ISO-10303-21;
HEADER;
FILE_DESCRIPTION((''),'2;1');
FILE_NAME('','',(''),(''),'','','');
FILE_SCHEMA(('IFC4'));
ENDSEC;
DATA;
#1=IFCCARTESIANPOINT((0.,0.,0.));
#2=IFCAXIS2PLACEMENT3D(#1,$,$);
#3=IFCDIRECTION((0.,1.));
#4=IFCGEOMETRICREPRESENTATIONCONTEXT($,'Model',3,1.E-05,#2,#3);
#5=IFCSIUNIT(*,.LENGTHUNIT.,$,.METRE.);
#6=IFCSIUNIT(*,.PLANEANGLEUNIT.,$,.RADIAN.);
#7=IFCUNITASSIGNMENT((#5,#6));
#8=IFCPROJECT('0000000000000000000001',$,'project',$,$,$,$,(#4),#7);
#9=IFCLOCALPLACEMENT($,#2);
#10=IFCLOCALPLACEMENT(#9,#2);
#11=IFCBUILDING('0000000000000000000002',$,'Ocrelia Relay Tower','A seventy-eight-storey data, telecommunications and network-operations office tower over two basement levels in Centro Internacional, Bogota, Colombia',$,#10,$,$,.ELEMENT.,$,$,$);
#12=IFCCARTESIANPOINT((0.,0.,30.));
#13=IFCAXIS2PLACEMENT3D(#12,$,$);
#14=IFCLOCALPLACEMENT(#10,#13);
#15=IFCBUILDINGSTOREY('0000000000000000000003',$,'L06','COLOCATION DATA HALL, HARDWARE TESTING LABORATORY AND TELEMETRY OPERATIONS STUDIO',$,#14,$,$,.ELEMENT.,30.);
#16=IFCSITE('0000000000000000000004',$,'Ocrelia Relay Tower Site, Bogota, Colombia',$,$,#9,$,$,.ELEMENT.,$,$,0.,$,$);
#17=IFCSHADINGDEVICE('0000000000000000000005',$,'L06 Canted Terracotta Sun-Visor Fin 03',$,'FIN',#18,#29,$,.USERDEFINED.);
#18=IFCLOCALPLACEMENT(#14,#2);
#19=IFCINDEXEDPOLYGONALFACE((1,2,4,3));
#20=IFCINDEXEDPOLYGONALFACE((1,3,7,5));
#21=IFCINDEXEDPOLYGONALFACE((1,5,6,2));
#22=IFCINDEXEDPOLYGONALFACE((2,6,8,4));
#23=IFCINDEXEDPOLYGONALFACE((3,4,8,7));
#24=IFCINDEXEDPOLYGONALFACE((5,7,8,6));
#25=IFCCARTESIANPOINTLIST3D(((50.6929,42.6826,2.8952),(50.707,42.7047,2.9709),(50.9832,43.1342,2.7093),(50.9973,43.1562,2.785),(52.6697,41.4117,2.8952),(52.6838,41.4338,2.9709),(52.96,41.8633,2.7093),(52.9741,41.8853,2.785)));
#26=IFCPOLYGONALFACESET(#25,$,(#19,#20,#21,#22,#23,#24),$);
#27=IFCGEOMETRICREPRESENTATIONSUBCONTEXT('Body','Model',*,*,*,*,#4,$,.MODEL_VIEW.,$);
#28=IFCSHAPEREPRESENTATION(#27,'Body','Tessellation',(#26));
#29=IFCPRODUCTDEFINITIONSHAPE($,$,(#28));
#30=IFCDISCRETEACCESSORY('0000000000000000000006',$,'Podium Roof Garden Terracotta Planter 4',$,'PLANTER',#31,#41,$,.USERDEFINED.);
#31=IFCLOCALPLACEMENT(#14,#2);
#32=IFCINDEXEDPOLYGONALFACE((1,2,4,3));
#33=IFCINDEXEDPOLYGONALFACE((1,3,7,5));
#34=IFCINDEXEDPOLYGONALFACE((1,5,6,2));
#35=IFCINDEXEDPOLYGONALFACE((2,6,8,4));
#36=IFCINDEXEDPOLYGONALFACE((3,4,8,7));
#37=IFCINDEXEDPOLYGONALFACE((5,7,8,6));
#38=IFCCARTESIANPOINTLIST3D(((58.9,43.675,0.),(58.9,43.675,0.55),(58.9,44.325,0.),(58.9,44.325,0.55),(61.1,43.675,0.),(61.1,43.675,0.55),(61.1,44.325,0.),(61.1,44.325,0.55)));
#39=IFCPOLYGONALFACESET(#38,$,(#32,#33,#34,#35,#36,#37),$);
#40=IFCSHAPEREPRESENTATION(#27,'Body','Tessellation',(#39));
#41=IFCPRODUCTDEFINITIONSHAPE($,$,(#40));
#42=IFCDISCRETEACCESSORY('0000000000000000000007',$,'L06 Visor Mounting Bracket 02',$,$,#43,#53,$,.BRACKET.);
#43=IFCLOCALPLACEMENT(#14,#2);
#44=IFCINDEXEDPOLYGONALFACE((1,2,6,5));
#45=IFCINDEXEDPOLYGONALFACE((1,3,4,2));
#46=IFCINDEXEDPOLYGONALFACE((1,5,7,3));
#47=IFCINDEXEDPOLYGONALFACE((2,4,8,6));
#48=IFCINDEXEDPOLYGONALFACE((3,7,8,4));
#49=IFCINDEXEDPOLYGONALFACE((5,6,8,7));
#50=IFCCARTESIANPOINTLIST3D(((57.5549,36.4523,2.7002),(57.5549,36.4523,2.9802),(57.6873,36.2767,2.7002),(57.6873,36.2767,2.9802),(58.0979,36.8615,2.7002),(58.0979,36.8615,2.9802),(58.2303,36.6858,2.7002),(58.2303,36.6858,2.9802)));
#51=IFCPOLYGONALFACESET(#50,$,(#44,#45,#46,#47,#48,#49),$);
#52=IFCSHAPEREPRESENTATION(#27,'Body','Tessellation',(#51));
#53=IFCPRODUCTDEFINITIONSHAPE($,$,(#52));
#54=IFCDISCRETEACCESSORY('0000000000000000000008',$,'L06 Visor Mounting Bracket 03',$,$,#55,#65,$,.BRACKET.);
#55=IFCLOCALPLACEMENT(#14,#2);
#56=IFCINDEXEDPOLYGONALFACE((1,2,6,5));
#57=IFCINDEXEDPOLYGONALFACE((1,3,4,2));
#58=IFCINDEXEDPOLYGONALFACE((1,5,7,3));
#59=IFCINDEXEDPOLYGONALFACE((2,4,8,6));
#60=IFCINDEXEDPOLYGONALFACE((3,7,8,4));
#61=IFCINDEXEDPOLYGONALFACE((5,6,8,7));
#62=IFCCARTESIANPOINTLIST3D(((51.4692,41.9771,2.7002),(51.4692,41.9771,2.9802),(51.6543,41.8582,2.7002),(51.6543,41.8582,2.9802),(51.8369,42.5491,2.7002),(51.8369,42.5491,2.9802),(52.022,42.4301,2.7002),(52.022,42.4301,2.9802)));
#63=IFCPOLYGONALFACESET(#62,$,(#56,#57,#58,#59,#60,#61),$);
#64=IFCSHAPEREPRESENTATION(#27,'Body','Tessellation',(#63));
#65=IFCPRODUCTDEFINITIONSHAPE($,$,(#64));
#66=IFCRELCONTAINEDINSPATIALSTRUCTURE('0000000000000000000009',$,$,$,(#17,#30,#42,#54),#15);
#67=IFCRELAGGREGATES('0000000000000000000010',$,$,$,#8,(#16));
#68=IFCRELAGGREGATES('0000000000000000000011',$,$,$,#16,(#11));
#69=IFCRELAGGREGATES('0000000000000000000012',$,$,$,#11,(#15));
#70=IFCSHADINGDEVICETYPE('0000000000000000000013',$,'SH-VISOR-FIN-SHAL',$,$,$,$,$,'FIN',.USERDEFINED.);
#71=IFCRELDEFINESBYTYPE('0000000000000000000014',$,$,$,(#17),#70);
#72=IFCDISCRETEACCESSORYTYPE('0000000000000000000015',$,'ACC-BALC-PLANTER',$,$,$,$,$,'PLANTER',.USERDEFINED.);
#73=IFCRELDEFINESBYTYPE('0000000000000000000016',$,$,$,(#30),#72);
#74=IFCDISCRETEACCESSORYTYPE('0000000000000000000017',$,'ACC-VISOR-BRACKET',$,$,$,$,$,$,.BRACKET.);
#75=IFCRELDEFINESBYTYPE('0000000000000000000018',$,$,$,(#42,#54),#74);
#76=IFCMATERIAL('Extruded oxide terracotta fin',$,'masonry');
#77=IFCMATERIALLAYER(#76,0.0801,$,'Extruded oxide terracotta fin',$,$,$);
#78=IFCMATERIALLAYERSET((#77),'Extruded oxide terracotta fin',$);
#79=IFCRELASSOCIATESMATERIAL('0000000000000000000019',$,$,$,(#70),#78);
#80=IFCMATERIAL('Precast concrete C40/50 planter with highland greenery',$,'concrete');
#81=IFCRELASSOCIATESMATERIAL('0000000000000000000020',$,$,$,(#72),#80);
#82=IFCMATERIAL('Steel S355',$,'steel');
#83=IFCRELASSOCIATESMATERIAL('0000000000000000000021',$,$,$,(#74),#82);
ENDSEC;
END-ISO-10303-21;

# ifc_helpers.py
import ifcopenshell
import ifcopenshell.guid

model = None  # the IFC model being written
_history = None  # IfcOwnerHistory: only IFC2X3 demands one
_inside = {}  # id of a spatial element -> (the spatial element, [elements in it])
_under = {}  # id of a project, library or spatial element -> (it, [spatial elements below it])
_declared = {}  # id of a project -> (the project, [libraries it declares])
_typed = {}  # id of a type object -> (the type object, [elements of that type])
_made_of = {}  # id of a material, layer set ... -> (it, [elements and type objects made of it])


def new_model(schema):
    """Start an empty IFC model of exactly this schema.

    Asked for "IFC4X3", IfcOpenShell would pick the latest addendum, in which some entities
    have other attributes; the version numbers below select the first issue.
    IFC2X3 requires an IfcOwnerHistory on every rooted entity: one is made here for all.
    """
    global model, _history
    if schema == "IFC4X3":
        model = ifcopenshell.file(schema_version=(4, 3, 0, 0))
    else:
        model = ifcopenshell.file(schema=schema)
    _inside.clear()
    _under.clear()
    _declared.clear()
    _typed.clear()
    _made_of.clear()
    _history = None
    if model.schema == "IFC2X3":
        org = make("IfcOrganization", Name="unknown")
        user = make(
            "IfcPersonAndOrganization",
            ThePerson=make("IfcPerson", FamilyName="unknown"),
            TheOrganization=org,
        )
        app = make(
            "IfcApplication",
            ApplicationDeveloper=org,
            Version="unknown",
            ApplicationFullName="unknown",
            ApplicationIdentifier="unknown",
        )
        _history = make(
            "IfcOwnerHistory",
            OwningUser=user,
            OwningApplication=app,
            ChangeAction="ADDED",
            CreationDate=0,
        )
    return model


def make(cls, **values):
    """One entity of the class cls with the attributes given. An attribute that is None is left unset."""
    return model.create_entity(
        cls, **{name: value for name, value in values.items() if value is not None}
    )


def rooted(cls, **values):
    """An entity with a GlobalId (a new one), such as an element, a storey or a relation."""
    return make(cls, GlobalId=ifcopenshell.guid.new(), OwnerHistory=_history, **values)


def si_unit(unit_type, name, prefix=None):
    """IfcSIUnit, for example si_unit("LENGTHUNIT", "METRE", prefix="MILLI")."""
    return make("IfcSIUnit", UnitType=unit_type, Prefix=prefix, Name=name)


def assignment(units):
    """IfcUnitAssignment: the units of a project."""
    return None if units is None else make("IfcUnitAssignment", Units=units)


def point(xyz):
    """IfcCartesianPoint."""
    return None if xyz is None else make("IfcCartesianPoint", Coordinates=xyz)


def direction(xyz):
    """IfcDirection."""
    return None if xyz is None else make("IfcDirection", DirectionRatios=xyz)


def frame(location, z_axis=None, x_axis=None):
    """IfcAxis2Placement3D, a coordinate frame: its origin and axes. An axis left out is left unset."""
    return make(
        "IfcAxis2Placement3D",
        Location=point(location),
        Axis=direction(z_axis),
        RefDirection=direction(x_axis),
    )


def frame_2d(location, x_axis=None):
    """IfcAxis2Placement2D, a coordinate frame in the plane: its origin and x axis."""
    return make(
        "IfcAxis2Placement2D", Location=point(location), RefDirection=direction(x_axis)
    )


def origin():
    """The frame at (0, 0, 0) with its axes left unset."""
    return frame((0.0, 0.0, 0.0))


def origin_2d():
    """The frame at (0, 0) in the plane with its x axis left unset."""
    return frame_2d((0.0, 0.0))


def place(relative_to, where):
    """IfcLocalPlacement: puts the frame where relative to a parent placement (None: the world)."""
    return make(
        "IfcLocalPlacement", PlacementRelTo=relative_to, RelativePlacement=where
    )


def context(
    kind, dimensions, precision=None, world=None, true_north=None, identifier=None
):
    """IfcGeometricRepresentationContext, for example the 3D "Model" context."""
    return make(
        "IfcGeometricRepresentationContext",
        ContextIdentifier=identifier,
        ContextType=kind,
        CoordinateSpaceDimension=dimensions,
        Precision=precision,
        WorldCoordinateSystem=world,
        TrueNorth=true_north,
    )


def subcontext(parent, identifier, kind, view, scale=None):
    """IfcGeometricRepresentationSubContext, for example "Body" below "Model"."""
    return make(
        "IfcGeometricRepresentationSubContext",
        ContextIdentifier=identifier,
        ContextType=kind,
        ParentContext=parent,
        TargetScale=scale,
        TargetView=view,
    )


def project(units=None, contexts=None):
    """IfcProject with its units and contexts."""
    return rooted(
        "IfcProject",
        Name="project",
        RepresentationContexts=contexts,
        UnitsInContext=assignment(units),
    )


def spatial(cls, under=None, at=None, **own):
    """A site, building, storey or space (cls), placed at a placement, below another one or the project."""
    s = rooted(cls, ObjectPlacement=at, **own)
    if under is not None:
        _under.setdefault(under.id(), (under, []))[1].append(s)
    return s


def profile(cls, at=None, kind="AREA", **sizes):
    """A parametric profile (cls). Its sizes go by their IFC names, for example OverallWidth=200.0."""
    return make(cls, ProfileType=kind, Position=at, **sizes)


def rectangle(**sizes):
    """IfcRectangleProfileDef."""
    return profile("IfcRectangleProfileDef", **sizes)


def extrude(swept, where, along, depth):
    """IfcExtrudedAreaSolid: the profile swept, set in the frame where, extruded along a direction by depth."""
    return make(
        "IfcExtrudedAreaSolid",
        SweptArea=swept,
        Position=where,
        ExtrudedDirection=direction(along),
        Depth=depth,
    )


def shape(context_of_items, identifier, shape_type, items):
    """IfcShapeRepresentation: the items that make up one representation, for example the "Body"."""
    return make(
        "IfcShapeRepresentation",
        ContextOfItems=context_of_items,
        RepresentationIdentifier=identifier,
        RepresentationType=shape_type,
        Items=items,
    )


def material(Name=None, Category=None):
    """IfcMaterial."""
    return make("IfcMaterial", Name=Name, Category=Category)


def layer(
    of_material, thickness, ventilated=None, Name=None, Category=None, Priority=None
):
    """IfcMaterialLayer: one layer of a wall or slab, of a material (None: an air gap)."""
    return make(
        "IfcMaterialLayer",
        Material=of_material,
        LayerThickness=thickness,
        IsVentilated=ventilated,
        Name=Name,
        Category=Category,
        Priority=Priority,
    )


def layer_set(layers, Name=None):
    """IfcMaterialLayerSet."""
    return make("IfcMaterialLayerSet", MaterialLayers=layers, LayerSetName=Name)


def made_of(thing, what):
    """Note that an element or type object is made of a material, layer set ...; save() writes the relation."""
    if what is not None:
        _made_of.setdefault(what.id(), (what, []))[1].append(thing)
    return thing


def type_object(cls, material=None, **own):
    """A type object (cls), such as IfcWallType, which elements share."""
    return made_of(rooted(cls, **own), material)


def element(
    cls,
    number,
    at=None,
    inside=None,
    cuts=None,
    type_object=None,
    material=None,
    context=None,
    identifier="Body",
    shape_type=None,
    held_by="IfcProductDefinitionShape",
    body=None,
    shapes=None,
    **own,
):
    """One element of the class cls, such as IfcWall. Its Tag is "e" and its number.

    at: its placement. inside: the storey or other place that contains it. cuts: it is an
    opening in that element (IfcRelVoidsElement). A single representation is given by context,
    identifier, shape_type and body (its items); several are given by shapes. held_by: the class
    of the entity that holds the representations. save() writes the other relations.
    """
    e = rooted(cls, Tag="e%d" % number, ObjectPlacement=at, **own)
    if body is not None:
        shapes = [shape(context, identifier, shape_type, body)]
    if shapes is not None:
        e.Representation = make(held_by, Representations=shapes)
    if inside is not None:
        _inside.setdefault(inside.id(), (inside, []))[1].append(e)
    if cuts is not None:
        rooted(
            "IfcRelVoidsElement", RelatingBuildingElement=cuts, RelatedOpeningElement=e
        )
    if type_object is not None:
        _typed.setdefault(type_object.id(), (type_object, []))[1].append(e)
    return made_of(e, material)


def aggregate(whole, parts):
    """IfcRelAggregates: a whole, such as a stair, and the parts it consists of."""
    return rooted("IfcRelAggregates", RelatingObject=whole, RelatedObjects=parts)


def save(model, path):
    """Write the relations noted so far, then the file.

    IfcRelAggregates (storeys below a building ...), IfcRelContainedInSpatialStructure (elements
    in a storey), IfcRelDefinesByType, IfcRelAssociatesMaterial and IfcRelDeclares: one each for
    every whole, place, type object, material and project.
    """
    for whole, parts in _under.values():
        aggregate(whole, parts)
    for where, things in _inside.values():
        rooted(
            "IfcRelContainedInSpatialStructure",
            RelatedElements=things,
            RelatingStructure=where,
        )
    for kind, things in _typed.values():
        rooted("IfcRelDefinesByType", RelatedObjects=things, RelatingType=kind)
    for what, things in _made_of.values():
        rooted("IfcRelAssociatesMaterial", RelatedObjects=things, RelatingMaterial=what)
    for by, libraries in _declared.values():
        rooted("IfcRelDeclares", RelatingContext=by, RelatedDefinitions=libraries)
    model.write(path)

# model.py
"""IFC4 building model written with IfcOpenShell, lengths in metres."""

from ifc_helpers import new_model, si_unit, direction, frame, origin, origin_2d, place, context, subcontext, project, spatial, rectangle, extrude, material, layer, layer_set, type_object, element, save


model = new_model("IFC4")

# Units and contexts
model_context = context("Model", 3, precision=1e-05, world=origin(), true_north=direction((0.0, 1.0)))
body_context = subcontext(model_context, "Body", "Model", "MODEL_VIEW")
ifc_project = project(units=[si_unit("LENGTHUNIT", "METRE"), si_unit("PLANEANGLEUNIT", "RADIAN")], contexts=[model_context])

# Site, building, storey
site_placement = place(None, origin())
site = spatial("IfcSite", under=ifc_project, at=site_placement, Name="Ocrelia Relay Tower Site, Bogota, Colombia", CompositionType="ELEMENT", RefElevation=0.0)
building_placement = place(site_placement, origin())
building = spatial("IfcBuilding", under=site, at=building_placement, Name="Ocrelia Relay Tower", Description="A seventy-eight-storey data, telecommunications and network-operations office tower over two basement levels in Centro Internacional, Bogota, Colombia", CompositionType="ELEMENT")
storey_placement = place(building_placement, frame((0.0, 0.0, 30.0)))
storey = spatial("IfcBuildingStorey", under=building, at=storey_placement, Name="L06", Description="COLOCATION DATA HALL, HARDWARE TESTING LABORATORY AND TELEMETRY OPERATIONS STUDIO", CompositionType="ELEMENT", Elevation=30.0)

# Shared definitions
ifc_material_1 = material(Name="Steel S355", Category="steel")

# Shading device
ifc_material_2 = material(Name="Extruded oxide terracotta fin", Category="masonry")
ifc_layer_1 = layer(ifc_material_2, 0.0801, Name="Extruded oxide terracotta fin")
ifc_layer_set_1 = layer_set([ifc_layer_1], Name="Extruded oxide terracotta fin")
shading_device_type_1 = type_object("IfcShadingDeviceType", Name="SH-VISOR-FIN-SHAL", ElementType="FIN", PredefinedType="USERDEFINED", material=ifc_layer_set_1)
shading_device_1_placement = place(storey_placement, frame((51.8264, 42.2729, 2.8022), z_axis=(0.176954, 0.275243, 0.944949), x_axis=(-0.841161, 0.540784, 0.0)))
element("IfcShadingDevice", 1, at=shading_device_1_placement, inside=storey, type_object=shading_device_type_1, Name="L06 Canted Terracotta Sun-Visor Fin 03", ObjectType="FIN", PredefinedType="USERDEFINED", context=body_context, shape_type="SweptSolid", body=[
    extrude(rectangle(XDim=2.3501, YDim=0.5681, at=origin_2d()), origin(), (0.0, 0.0, 1.0), 0.0801),
])

# Discrete accessories
ifc_material_3 = material(Name="Precast concrete C40/50 planter with highland greenery", Category="concrete")
discrete_accessory_type_1 = type_object("IfcDiscreteAccessoryType", Name="ACC-BALC-PLANTER", ElementType="PLANTER", PredefinedType="USERDEFINED", material=ifc_material_3)
discrete_accessory_placement = place(storey_placement, frame((60.0, 44.0, 0.0), z_axis=(0.0, 0.0, 1.0), x_axis=(1.0, 0.0, 0.0)))
element("IfcDiscreteAccessory", 2, at=discrete_accessory_placement, inside=storey, type_object=discrete_accessory_type_1, Name="Podium Roof Garden Terracotta Planter 4", ObjectType="PLANTER", PredefinedType="USERDEFINED", context=body_context, shape_type="SweptSolid", body=[
    extrude(rectangle(XDim=2.2, YDim=0.6499, at=origin_2d()), origin(), (0.0, 0.0, 1.0), 0.55),
])
discrete_accessory_type_2 = type_object("IfcDiscreteAccessoryType", Name="ACC-VISOR-BRACKET", PredefinedType="BRACKET", material=ifc_material_1)
for number, where, z_axis, x_axis, name in (
    (3, (57.8926, 36.5691, 2.7002), (0.0, 0.0, 1.0), (-0.60181, 0.79864, 0.0), "L06 Visor Mounting Bracket 02"),
    (4, (51.7456, 42.2036, 2.7002), (0.0, 0.0, 1.0), (-0.841161, 0.540784, 0.0), "L06 Visor Mounting Bracket 03"),
):
    element("IfcDiscreteAccessory", number, at=place(storey_placement, frame(where, z_axis=z_axis, x_axis=x_axis)), inside=storey, type_object=discrete_accessory_type_2, Name=name, PredefinedType="BRACKET", context=body_context, shape_type="SweptSolid", body=[
        extrude(rectangle(XDim=0.22, YDim=0.6799, at=origin_2d()), origin(), (0.0, 0.0, 1.0), 0.28),
    ])

save(model, "model.ifc")
